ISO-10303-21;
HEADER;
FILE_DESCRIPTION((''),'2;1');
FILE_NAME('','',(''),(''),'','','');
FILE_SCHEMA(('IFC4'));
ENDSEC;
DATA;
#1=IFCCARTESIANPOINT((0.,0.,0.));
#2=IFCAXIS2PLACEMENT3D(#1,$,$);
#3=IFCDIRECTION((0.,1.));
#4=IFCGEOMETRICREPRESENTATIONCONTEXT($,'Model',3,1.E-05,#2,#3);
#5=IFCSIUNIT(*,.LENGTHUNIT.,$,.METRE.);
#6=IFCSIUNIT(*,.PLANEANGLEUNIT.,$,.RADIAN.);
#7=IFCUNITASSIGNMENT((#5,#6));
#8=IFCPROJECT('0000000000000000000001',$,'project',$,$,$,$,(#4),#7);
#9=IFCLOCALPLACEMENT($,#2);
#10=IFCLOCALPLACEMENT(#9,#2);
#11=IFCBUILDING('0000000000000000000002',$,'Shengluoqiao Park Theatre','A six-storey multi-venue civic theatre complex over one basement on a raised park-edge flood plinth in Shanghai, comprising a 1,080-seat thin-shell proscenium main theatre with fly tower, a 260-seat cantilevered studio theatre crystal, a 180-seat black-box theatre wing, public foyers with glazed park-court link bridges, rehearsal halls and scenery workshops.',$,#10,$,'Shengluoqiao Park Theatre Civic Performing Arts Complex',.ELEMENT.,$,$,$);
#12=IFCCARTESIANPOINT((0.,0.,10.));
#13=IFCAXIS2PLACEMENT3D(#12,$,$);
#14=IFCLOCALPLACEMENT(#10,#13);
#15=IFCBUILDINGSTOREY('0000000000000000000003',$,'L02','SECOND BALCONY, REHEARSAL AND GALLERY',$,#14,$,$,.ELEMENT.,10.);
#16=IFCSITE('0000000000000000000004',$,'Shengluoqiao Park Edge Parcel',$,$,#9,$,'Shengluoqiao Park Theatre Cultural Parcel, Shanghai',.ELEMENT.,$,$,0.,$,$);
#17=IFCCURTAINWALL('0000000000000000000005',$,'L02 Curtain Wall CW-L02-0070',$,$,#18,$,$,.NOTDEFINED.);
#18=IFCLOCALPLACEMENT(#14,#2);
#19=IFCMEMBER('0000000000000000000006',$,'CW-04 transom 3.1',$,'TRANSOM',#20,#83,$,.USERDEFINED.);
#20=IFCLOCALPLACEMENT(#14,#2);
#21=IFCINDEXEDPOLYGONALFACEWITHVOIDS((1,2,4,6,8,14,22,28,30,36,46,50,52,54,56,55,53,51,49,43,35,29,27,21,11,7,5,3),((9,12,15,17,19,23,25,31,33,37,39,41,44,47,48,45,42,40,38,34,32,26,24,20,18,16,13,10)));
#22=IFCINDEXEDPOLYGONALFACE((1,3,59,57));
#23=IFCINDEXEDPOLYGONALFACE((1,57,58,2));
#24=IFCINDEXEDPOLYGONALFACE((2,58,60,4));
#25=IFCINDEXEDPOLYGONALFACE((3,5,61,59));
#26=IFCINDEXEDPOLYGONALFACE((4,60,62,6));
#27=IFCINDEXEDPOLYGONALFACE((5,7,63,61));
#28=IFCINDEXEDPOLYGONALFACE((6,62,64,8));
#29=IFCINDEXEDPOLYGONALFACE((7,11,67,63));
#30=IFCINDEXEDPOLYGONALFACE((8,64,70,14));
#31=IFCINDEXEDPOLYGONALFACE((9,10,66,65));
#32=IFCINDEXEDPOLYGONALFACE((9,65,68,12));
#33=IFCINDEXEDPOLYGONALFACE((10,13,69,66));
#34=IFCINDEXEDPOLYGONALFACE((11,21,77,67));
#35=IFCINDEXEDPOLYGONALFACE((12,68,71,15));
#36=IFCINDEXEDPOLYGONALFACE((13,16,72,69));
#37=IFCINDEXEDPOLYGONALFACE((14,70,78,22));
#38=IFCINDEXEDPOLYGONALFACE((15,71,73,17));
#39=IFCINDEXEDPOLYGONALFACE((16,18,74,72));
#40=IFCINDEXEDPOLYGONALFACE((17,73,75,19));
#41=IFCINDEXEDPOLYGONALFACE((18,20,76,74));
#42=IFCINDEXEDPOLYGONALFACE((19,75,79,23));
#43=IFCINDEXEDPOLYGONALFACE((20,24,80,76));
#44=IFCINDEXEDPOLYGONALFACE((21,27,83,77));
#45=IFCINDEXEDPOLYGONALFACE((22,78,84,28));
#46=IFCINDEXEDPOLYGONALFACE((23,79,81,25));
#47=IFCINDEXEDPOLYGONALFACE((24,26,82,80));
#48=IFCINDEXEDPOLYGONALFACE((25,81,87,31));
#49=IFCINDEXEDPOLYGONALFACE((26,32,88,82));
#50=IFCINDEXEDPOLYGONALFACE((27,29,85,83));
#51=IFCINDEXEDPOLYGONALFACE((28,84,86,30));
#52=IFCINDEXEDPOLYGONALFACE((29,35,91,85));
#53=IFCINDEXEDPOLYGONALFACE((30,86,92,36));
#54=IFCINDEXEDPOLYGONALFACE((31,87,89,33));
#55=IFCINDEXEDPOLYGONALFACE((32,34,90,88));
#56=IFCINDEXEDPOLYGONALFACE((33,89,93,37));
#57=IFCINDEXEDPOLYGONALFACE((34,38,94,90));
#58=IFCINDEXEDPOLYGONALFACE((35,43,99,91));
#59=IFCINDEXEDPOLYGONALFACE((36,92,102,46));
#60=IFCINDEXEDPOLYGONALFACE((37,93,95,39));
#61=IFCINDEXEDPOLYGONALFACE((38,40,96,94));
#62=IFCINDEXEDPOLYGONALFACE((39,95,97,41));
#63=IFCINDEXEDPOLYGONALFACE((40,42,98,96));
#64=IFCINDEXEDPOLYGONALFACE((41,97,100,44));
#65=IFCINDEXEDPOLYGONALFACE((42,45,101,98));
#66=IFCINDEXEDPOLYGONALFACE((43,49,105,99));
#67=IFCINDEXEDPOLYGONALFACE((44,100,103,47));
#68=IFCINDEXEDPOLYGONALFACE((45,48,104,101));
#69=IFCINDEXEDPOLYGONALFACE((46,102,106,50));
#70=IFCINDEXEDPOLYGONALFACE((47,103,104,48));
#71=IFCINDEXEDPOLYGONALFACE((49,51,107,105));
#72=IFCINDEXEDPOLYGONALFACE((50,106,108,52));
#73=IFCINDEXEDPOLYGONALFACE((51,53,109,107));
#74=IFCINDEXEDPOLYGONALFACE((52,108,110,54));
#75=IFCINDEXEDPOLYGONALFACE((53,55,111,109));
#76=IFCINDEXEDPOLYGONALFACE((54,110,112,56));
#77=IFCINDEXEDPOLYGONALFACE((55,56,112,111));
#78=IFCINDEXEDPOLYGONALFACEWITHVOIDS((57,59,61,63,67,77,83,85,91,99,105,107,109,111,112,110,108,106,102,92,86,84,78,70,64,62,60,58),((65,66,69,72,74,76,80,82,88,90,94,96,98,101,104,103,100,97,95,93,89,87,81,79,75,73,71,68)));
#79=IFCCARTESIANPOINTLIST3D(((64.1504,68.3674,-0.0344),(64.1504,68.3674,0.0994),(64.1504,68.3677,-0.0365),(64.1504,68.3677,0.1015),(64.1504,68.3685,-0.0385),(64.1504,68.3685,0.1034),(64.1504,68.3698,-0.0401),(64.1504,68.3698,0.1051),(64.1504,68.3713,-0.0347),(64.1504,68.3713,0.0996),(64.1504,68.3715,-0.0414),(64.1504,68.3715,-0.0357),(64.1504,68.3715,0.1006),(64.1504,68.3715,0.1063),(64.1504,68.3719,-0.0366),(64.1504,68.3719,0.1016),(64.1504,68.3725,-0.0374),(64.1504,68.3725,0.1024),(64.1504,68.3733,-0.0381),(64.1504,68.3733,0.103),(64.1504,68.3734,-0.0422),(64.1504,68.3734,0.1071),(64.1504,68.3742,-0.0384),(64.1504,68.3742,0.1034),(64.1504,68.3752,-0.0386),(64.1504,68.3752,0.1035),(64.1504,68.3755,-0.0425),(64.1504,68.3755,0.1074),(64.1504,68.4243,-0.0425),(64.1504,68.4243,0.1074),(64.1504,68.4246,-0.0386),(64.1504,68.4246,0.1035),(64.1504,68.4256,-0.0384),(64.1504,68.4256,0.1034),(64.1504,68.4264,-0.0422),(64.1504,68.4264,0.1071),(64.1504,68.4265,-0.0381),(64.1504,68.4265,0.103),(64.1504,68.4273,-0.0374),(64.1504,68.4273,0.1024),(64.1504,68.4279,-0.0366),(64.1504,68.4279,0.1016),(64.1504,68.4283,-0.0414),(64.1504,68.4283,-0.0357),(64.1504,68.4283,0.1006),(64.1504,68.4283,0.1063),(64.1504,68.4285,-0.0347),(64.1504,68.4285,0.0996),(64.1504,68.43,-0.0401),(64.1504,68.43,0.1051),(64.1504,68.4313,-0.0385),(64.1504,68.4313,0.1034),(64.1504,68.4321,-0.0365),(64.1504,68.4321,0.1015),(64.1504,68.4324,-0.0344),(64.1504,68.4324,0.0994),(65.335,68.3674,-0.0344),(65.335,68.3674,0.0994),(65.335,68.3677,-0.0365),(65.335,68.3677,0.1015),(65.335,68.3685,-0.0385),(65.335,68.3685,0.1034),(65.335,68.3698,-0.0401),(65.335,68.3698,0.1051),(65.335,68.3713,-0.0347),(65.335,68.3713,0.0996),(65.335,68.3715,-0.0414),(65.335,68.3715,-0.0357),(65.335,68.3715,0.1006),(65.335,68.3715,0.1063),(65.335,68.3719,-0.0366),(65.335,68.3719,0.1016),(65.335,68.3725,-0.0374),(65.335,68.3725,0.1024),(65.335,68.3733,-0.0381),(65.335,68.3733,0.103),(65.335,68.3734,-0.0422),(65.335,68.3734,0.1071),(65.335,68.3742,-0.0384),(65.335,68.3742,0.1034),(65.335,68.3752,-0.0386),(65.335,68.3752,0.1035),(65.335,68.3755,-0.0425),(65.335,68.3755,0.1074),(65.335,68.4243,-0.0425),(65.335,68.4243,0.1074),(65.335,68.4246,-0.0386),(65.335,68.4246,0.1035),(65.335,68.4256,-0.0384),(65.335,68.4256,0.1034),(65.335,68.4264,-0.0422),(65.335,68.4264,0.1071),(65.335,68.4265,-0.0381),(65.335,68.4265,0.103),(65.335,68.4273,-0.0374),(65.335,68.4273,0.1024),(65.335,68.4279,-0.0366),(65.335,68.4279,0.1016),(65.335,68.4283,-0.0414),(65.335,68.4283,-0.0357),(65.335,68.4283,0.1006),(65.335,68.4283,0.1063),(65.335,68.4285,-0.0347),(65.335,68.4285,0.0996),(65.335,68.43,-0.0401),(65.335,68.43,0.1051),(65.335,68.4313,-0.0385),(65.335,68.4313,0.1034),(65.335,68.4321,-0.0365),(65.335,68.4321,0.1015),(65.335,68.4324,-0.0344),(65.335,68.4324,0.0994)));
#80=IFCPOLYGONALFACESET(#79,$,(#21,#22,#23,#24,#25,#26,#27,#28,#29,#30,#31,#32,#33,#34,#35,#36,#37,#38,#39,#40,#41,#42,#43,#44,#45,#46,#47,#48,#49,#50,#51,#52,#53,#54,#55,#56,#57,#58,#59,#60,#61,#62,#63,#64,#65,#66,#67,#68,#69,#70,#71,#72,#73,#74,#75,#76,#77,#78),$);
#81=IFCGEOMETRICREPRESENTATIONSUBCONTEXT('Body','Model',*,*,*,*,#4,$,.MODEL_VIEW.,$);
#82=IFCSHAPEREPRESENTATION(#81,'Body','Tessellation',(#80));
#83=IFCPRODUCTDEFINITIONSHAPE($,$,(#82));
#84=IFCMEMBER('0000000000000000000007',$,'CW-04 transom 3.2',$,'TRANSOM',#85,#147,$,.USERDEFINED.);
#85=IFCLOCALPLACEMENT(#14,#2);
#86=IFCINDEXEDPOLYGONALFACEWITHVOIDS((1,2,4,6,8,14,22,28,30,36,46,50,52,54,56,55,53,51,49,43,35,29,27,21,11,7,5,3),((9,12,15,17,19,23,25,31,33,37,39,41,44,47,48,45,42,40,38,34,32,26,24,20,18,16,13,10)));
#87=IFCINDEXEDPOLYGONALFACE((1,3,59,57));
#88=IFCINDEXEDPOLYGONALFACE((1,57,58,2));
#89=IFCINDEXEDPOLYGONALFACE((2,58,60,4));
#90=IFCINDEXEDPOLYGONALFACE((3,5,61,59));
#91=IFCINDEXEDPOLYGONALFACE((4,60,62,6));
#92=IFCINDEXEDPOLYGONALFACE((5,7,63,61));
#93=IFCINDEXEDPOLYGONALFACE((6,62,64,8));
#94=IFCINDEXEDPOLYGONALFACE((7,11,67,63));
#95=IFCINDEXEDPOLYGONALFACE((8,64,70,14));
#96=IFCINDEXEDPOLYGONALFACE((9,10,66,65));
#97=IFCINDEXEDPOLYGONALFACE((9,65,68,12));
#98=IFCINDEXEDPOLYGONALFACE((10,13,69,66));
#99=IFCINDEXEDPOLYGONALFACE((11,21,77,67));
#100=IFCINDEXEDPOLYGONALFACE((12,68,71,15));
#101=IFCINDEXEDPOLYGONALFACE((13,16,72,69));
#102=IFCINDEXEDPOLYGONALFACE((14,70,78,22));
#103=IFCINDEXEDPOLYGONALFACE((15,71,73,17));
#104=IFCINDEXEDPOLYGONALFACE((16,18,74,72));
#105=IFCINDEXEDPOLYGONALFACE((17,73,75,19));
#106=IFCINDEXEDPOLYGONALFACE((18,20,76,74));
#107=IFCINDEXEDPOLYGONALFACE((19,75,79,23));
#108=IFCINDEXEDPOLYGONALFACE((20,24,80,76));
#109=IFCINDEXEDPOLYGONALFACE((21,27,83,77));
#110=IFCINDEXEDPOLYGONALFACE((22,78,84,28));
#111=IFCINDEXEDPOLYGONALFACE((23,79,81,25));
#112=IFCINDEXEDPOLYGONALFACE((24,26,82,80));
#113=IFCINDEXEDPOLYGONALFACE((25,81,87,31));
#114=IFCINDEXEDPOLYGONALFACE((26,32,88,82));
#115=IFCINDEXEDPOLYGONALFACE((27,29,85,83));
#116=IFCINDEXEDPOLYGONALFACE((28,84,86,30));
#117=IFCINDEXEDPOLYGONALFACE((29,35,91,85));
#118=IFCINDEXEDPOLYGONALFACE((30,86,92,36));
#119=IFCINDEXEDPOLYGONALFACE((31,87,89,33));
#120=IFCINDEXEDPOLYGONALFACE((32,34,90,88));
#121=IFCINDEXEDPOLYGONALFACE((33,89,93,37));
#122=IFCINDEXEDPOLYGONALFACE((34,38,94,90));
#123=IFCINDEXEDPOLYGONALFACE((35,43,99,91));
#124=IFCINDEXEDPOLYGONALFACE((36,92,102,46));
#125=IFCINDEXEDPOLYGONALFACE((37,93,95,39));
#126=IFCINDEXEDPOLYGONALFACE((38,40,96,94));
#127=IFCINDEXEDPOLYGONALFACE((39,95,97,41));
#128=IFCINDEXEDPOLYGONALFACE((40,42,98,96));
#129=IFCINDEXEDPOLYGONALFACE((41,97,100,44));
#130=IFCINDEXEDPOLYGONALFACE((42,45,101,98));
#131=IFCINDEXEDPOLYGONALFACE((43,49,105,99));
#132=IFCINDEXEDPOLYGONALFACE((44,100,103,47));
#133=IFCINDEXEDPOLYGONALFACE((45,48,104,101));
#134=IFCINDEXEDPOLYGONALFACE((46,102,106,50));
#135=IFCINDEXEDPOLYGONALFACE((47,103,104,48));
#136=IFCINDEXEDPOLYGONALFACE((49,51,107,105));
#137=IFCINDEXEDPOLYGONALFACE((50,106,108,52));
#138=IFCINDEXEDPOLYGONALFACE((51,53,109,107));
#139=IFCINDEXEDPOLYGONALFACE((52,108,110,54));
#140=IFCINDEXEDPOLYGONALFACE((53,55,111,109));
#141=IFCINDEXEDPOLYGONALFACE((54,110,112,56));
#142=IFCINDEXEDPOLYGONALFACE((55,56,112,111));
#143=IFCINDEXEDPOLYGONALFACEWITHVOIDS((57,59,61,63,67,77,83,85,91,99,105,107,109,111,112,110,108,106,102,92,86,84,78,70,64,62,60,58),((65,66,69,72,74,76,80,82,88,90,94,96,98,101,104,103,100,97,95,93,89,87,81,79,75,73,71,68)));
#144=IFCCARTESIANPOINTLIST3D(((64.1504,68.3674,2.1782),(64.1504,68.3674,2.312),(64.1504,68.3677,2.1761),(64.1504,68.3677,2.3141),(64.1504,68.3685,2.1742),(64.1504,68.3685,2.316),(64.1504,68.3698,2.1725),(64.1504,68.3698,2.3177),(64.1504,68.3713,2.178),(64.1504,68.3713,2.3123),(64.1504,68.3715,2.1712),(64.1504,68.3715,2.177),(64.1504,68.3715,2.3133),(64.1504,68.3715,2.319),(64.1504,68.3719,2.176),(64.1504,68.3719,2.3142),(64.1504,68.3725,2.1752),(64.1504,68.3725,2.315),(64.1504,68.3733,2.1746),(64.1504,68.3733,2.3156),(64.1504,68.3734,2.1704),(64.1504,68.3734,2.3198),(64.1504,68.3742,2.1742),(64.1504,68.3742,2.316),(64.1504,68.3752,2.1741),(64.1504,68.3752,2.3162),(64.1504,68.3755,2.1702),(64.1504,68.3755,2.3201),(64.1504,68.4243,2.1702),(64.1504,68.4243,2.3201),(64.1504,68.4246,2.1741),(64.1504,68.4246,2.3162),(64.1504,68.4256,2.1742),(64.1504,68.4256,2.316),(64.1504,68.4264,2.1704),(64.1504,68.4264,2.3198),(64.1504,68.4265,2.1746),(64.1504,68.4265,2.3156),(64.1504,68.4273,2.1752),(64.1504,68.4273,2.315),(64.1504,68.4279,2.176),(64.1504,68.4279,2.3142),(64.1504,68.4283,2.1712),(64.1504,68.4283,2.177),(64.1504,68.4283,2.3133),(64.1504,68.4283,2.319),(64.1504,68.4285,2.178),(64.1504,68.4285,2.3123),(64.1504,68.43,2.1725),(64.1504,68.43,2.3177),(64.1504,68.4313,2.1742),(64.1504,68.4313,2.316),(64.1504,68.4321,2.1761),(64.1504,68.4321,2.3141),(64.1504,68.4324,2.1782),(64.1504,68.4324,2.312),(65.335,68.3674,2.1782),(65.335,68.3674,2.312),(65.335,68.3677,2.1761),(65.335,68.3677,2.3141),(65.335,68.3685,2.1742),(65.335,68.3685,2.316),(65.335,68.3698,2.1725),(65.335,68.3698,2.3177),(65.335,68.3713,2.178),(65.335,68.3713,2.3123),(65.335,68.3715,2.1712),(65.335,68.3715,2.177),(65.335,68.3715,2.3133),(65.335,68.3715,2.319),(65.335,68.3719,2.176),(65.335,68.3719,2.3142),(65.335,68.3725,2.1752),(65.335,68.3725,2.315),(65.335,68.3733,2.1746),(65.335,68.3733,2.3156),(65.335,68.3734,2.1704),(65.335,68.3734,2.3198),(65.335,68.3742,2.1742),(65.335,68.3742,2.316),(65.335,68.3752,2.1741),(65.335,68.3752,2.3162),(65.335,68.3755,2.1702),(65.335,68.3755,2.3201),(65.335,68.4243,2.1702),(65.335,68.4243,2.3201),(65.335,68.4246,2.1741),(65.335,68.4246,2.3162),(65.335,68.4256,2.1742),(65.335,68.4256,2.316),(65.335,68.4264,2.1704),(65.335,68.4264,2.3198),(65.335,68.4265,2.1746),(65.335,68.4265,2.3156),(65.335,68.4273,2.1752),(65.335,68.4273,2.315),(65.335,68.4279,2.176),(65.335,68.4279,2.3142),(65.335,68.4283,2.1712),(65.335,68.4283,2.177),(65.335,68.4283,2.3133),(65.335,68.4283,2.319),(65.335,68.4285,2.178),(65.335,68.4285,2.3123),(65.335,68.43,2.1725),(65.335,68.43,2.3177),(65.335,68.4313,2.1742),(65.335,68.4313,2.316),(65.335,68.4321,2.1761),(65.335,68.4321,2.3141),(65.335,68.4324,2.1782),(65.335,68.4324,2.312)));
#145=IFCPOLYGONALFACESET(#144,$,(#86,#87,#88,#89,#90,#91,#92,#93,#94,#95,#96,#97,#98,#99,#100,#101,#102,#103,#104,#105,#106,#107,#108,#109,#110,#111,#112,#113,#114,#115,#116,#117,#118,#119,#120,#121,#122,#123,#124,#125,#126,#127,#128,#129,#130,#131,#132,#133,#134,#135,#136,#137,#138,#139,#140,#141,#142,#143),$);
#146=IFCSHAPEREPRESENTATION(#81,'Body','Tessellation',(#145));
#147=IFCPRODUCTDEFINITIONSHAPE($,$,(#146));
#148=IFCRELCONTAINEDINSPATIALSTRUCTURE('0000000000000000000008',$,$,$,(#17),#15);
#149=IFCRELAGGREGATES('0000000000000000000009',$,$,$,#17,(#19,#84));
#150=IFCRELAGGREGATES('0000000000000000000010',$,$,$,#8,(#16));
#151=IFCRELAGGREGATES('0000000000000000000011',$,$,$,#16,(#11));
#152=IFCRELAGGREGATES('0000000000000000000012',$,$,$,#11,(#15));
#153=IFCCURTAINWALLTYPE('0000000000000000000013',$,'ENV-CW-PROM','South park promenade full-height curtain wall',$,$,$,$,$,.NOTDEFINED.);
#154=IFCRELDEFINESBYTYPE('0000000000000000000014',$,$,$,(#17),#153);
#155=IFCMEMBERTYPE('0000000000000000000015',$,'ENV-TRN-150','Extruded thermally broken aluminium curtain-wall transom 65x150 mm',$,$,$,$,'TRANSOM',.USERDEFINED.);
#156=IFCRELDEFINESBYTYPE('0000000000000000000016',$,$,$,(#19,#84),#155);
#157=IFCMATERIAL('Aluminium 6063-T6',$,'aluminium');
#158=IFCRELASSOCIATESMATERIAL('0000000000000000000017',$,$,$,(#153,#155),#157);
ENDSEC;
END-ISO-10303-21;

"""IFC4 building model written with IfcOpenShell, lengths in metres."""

from ifc_helpers import new_model, si_unit, direction, frame, origin, origin_2d, place, context, subcontext, project, spatial, hollow_rectangle, extrude, material, material_profile, profile_set, type_object, element, aggregate, save


model = new_model("IFC4")

# Units and contexts
model_context = context("Model", 3, precision=1e-05, world=origin(), true_north=direction((0.0, 1.0)))
body_context = subcontext(model_context, "Body", "Model", "MODEL_VIEW")
ifc_project = project(units=[si_unit("LENGTHUNIT", "METRE"), si_unit("PLANEANGLEUNIT", "RADIAN")], contexts=[model_context])

# Site, building, storey
site_placement = place(None, origin())
site = spatial("IfcSite", under=ifc_project, at=site_placement, Name="Shengluoqiao Park Edge Parcel", LongName="Shengluoqiao Park Theatre Cultural Parcel, Shanghai", CompositionType="ELEMENT", RefElevation=0.0)
building_placement = place(site_placement, origin())
building = spatial("IfcBuilding", under=site, at=building_placement, Name="Shengluoqiao Park Theatre", Description="A six-storey multi-venue civic theatre complex over one basement on a raised park-edge flood plinth in Shanghai, comprising a 1,080-seat thin-shell proscenium main theatre with fly tower, a 260-seat cantilevered studio theatre crystal, a 180-seat black-box theatre wing, public foyers with glazed park-court link bridges, rehearsal halls and scenery workshops.", LongName="Shengluoqiao Park Theatre Civic Performing Arts Complex", CompositionType="ELEMENT")
storey_placement = place(building_placement, frame((0.0, 0.0, 10.0)))
storey = spatial("IfcBuildingStorey", under=building, at=storey_placement, Name="L02", Description="SECOND BALCONY, REHEARSAL AND GALLERY", CompositionType="ELEMENT", Elevation=10.0)

# Curtain wall
ifc_material_1 = material(Name="Aluminium 6063-T6", Category="aluminium")
curtain_wall_type = type_object("IfcCurtainWallType", Name="ENV-CW-PROM", Description="South park promenade full-height curtain wall", PredefinedType="NOTDEFINED", material=ifc_material_1)
curtain_wall_1_placement = place(storey_placement, origin())
curtain_wall_1 = element("IfcCurtainWall", 1, at=curtain_wall_1_placement, inside=storey, type_object=curtain_wall_type, Name="L02 Curtain Wall CW-L02-0070", PredefinedType="NOTDEFINED")

# Members
ifc_material_profile_1 = material_profile(ifc_material_1, hollow_rectangle(XDim=0.0649, YDim=0.1499, WallThickness=0.0039, InnerFilletRadius=0.0039, OuterFilletRadius=0.0081, at=origin_2d()), Name="ALU TRANSOM 150x65x4")
ifc_profile_set_1 = profile_set([ifc_material_profile_1], Name="Aluminium 6063-T6")
member_type_1 = type_object("IfcMemberType", Name="ENV-TRN-150", Description="Extruded thermally broken aluminium curtain-wall transom 65x150 mm", ElementType="TRANSOM", PredefinedType="USERDEFINED", material=ifc_profile_set_1)
member_1_placement = place(storey_placement, frame((64.1504, 68.3999, 0.0325), z_axis=(1.0, 0.0, 0.0), x_axis=(0.0, 1.0, 0.0)))
member_1 = element("IfcMember", 2, at=member_1_placement, type_object=member_type_1, Name="CW-04 transom 3.1", ObjectType="TRANSOM", PredefinedType="USERDEFINED", context=body_context, shape_type="SweptSolid", body=[
    extrude(hollow_rectangle(XDim=0.0649, YDim=0.1499, WallThickness=0.0039, InnerFilletRadius=0.0039, OuterFilletRadius=0.0081, at=origin_2d()), origin(), (0.0, 0.0, 1.0), 1.1846),
])
member_2_placement = place(storey_placement, frame((64.1504, 68.3999, 2.2451), z_axis=(1.0, 0.0, 0.0), x_axis=(0.0, 1.0, 0.0)))
member_2 = element("IfcMember", 3, at=member_2_placement, type_object=member_type_1, Name="CW-04 transom 3.2", ObjectType="TRANSOM", PredefinedType="USERDEFINED", context=body_context, shape_type="SweptSolid", body=[
    extrude(hollow_rectangle(XDim=0.0649, YDim=0.1499, WallThickness=0.0039, InnerFilletRadius=0.0039, OuterFilletRadius=0.0081, at=origin_2d()), origin(), (0.0, 0.0, 1.0), 1.1846),
])

aggregate(curtain_wall_1, [member_1, member_2])

save(model, "model.ifc")
